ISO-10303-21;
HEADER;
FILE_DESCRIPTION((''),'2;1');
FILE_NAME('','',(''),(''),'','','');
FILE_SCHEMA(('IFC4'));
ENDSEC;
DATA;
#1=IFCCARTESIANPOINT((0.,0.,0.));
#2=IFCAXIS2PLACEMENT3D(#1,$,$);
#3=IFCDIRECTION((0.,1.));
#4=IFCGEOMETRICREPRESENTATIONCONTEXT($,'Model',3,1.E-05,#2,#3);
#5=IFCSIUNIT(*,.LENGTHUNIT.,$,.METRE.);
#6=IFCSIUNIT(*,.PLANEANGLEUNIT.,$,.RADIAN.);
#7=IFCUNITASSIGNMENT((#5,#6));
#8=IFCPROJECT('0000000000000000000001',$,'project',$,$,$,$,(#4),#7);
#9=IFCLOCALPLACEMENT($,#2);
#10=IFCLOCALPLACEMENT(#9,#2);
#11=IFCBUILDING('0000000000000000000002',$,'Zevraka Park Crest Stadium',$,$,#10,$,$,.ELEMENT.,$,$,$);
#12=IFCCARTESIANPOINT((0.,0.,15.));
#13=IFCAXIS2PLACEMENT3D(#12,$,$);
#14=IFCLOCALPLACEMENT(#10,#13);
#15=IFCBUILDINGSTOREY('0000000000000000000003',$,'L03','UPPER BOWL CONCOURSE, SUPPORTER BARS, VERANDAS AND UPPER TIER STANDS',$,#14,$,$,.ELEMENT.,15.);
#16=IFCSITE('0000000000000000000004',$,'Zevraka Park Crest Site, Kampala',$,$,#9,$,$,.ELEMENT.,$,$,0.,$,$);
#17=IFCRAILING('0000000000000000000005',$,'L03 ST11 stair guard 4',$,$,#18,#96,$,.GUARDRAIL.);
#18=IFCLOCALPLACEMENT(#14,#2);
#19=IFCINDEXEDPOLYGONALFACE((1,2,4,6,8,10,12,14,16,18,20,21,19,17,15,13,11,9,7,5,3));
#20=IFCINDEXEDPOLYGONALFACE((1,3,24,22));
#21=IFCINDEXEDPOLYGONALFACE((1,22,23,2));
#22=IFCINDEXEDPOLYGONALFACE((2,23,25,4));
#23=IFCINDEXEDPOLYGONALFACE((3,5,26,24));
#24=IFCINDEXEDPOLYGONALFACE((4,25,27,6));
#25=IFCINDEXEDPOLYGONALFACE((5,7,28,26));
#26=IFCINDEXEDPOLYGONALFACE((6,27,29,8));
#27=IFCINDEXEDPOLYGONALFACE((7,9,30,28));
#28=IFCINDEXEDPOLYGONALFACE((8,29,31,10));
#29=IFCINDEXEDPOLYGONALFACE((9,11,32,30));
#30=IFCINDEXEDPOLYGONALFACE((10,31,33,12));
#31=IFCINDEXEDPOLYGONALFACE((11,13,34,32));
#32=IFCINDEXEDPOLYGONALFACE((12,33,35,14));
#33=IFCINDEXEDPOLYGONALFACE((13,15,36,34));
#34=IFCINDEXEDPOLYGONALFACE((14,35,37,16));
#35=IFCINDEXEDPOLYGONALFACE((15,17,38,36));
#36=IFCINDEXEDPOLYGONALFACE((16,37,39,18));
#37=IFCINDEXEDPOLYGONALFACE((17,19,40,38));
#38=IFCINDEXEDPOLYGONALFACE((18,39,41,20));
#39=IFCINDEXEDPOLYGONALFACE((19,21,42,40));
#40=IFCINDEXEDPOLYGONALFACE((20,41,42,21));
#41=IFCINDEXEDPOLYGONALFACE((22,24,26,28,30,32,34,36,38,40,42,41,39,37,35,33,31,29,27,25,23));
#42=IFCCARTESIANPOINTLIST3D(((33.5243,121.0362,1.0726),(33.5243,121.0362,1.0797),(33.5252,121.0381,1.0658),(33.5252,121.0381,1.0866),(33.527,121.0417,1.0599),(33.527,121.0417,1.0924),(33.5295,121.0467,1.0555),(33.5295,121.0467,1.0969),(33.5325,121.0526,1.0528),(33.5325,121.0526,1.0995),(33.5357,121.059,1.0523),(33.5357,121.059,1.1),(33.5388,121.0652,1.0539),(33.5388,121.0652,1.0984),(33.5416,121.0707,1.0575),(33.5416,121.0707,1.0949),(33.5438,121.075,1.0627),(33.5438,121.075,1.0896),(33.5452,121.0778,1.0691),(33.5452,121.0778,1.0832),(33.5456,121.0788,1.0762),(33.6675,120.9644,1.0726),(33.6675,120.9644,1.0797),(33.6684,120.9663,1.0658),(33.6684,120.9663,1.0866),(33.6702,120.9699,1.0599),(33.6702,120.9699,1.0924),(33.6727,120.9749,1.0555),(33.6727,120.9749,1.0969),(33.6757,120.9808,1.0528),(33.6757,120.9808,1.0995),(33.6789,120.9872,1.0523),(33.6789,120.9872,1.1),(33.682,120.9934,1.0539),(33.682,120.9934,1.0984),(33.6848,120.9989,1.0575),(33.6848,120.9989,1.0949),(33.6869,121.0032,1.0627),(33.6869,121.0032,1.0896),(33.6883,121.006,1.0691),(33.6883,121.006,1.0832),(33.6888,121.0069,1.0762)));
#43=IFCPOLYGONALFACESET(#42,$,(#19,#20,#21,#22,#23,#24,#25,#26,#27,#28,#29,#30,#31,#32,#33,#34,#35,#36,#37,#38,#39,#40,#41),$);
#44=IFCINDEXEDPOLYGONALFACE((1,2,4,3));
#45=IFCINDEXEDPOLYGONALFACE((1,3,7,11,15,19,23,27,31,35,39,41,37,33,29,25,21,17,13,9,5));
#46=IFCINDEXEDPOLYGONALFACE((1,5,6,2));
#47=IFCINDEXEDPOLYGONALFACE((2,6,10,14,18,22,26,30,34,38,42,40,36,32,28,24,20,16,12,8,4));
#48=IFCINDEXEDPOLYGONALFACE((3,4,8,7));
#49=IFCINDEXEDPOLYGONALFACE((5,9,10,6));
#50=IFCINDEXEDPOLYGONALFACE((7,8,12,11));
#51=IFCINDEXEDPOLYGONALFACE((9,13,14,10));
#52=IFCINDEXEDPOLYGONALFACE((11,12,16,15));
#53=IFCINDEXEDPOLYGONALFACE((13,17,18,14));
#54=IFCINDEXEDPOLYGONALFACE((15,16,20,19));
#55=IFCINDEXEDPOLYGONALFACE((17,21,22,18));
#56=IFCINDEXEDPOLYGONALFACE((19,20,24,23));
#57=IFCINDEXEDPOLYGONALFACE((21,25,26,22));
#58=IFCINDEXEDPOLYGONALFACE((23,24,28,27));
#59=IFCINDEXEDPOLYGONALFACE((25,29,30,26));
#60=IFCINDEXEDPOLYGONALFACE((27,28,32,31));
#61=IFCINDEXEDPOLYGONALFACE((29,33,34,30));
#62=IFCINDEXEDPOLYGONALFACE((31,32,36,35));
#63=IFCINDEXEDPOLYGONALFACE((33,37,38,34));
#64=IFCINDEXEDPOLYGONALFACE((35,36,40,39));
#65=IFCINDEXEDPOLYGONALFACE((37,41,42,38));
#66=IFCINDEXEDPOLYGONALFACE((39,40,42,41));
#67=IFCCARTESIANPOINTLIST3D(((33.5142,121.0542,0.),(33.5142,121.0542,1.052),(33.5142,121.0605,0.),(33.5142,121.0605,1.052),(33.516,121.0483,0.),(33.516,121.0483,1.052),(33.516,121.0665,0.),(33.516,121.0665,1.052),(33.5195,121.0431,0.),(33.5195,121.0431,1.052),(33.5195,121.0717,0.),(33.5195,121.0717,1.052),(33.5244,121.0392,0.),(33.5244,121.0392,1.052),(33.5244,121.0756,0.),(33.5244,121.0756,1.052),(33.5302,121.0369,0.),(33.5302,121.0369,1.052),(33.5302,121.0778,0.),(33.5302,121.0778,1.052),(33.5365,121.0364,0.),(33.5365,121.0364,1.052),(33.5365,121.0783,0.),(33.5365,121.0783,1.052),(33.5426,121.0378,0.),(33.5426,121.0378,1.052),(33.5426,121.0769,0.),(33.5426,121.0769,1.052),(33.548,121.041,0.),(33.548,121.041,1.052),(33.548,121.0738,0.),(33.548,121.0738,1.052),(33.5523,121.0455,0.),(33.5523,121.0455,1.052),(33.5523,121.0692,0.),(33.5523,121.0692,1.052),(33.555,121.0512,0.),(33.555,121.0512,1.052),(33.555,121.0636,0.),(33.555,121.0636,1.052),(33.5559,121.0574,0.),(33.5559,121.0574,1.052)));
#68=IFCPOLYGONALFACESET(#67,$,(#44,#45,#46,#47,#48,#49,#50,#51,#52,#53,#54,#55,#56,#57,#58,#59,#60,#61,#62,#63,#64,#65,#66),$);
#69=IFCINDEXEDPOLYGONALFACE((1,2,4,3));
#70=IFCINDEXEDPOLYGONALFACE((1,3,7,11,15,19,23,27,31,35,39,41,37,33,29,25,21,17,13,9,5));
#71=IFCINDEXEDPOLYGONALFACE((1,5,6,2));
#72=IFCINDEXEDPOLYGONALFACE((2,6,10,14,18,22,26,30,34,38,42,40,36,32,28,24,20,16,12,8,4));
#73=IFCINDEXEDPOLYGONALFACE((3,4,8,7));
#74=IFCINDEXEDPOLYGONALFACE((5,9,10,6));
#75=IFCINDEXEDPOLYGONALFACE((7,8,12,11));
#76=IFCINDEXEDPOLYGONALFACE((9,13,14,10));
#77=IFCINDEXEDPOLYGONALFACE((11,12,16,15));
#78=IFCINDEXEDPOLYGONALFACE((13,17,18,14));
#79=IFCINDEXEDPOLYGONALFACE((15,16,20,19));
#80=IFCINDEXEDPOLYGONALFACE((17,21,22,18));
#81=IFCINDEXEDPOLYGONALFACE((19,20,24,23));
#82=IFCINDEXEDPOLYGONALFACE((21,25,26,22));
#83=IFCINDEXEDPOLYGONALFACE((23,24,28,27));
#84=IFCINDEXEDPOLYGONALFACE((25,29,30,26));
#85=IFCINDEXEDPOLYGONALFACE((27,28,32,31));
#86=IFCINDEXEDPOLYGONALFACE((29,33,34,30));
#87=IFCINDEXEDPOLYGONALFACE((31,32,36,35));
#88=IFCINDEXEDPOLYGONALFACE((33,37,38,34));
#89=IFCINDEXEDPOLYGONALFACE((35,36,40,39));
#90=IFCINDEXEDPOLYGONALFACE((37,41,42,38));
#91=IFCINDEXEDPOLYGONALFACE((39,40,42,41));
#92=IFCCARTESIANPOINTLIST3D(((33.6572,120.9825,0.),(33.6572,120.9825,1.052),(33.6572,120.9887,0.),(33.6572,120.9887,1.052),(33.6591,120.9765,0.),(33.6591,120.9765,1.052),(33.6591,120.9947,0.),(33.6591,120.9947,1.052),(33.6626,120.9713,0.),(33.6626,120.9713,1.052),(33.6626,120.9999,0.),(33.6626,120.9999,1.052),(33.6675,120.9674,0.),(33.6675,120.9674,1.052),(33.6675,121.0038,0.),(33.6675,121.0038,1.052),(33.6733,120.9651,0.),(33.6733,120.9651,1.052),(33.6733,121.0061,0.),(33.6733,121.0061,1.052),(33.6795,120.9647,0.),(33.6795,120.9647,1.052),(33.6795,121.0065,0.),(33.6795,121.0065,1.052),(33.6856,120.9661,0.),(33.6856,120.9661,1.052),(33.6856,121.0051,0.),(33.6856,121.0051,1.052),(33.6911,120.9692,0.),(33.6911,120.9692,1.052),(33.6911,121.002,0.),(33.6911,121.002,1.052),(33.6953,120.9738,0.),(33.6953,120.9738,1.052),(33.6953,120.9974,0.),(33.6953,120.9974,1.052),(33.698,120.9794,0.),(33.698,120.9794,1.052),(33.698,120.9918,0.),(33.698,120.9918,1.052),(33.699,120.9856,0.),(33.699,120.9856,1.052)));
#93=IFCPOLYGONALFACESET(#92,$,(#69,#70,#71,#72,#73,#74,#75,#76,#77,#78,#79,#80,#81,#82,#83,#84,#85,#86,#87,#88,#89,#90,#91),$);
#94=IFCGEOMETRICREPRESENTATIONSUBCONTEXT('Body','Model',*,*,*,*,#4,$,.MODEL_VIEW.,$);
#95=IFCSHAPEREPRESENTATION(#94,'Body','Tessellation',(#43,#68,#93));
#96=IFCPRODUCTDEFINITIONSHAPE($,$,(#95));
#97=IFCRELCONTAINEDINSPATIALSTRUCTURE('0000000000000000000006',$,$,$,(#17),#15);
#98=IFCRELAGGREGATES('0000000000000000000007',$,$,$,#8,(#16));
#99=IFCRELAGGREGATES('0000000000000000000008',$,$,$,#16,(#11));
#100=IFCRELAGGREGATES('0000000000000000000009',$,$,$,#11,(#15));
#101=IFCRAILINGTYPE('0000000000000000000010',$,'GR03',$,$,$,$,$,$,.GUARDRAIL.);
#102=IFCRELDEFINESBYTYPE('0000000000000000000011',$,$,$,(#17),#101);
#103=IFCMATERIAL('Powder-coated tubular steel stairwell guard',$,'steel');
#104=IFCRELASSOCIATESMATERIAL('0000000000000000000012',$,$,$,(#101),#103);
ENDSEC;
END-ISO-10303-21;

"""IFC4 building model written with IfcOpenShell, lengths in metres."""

from ifc_helpers import new_model, si_unit, direction, frame, origin, origin_2d, place, context, subcontext, project, spatial, circle, extrude, material, type_object, element, save


model = new_model("IFC4")

# Units and contexts
model_context = context("Model", 3, precision=1e-05, world=origin(), true_north=direction((0.0, 1.0)))
body_context = subcontext(model_context, "Body", "Model", "MODEL_VIEW")
ifc_project = project(units=[si_unit("LENGTHUNIT", "METRE"), si_unit("PLANEANGLEUNIT", "RADIAN")], contexts=[model_context])

# Site, building, storey
site_placement = place(None, origin())
site = spatial("IfcSite", under=ifc_project, at=site_placement, Name="Zevraka Park Crest Site, Kampala", CompositionType="ELEMENT", RefElevation=0.0)
building_placement = place(site_placement, origin())
building = spatial("IfcBuilding", under=site, at=building_placement, Name="Zevraka Park Crest Stadium", CompositionType="ELEMENT")
storey_placement = place(building_placement, frame((0.0, 0.0, 15.0)))
storey = spatial("IfcBuildingStorey", under=building, at=storey_placement, Name="L03", Description="UPPER BOWL CONCOURSE, SUPPORTER BARS, VERANDAS AND UPPER TIER STANDS", CompositionType="ELEMENT", Elevation=15.0)

# Railing
ifc_material_1 = material(Name="Powder-coated tubular steel stairwell guard", Category="steel")
railing_type_1 = type_object("IfcRailingType", Name="GR03", PredefinedType="GUARDRAIL", material=ifc_material_1)
railing_1_placement = place(storey_placement, frame((33.5349, 121.0574, 0.0)))
element("IfcRailing", 1, at=railing_1_placement, inside=storey, type_object=railing_type_1, Name="L03 ST11 stair guard 4", PredefinedType="GUARDRAIL", context=body_context, shape_type="SweptSolid", body=[
    extrude(circle(Radius=0.0239, at=origin_2d()), frame((0.0, 0.0, 1.0762), z_axis=(0.893816, -0.448433, 0.0), x_axis=(0.448433, 0.893816, 0.0)), (0.0, 0.0, 1.0), 0.1602),
    extrude(circle(Radius=0.021, at=origin_2d()), origin(), (0.0, 0.0, 1.0), 1.052),
    extrude(circle(Radius=0.021, at=origin_2d()), frame((0.1431, -0.0718, 0.0)), (0.0, 0.0, 1.0), 1.052),
])

save(model, "model.ifc")
